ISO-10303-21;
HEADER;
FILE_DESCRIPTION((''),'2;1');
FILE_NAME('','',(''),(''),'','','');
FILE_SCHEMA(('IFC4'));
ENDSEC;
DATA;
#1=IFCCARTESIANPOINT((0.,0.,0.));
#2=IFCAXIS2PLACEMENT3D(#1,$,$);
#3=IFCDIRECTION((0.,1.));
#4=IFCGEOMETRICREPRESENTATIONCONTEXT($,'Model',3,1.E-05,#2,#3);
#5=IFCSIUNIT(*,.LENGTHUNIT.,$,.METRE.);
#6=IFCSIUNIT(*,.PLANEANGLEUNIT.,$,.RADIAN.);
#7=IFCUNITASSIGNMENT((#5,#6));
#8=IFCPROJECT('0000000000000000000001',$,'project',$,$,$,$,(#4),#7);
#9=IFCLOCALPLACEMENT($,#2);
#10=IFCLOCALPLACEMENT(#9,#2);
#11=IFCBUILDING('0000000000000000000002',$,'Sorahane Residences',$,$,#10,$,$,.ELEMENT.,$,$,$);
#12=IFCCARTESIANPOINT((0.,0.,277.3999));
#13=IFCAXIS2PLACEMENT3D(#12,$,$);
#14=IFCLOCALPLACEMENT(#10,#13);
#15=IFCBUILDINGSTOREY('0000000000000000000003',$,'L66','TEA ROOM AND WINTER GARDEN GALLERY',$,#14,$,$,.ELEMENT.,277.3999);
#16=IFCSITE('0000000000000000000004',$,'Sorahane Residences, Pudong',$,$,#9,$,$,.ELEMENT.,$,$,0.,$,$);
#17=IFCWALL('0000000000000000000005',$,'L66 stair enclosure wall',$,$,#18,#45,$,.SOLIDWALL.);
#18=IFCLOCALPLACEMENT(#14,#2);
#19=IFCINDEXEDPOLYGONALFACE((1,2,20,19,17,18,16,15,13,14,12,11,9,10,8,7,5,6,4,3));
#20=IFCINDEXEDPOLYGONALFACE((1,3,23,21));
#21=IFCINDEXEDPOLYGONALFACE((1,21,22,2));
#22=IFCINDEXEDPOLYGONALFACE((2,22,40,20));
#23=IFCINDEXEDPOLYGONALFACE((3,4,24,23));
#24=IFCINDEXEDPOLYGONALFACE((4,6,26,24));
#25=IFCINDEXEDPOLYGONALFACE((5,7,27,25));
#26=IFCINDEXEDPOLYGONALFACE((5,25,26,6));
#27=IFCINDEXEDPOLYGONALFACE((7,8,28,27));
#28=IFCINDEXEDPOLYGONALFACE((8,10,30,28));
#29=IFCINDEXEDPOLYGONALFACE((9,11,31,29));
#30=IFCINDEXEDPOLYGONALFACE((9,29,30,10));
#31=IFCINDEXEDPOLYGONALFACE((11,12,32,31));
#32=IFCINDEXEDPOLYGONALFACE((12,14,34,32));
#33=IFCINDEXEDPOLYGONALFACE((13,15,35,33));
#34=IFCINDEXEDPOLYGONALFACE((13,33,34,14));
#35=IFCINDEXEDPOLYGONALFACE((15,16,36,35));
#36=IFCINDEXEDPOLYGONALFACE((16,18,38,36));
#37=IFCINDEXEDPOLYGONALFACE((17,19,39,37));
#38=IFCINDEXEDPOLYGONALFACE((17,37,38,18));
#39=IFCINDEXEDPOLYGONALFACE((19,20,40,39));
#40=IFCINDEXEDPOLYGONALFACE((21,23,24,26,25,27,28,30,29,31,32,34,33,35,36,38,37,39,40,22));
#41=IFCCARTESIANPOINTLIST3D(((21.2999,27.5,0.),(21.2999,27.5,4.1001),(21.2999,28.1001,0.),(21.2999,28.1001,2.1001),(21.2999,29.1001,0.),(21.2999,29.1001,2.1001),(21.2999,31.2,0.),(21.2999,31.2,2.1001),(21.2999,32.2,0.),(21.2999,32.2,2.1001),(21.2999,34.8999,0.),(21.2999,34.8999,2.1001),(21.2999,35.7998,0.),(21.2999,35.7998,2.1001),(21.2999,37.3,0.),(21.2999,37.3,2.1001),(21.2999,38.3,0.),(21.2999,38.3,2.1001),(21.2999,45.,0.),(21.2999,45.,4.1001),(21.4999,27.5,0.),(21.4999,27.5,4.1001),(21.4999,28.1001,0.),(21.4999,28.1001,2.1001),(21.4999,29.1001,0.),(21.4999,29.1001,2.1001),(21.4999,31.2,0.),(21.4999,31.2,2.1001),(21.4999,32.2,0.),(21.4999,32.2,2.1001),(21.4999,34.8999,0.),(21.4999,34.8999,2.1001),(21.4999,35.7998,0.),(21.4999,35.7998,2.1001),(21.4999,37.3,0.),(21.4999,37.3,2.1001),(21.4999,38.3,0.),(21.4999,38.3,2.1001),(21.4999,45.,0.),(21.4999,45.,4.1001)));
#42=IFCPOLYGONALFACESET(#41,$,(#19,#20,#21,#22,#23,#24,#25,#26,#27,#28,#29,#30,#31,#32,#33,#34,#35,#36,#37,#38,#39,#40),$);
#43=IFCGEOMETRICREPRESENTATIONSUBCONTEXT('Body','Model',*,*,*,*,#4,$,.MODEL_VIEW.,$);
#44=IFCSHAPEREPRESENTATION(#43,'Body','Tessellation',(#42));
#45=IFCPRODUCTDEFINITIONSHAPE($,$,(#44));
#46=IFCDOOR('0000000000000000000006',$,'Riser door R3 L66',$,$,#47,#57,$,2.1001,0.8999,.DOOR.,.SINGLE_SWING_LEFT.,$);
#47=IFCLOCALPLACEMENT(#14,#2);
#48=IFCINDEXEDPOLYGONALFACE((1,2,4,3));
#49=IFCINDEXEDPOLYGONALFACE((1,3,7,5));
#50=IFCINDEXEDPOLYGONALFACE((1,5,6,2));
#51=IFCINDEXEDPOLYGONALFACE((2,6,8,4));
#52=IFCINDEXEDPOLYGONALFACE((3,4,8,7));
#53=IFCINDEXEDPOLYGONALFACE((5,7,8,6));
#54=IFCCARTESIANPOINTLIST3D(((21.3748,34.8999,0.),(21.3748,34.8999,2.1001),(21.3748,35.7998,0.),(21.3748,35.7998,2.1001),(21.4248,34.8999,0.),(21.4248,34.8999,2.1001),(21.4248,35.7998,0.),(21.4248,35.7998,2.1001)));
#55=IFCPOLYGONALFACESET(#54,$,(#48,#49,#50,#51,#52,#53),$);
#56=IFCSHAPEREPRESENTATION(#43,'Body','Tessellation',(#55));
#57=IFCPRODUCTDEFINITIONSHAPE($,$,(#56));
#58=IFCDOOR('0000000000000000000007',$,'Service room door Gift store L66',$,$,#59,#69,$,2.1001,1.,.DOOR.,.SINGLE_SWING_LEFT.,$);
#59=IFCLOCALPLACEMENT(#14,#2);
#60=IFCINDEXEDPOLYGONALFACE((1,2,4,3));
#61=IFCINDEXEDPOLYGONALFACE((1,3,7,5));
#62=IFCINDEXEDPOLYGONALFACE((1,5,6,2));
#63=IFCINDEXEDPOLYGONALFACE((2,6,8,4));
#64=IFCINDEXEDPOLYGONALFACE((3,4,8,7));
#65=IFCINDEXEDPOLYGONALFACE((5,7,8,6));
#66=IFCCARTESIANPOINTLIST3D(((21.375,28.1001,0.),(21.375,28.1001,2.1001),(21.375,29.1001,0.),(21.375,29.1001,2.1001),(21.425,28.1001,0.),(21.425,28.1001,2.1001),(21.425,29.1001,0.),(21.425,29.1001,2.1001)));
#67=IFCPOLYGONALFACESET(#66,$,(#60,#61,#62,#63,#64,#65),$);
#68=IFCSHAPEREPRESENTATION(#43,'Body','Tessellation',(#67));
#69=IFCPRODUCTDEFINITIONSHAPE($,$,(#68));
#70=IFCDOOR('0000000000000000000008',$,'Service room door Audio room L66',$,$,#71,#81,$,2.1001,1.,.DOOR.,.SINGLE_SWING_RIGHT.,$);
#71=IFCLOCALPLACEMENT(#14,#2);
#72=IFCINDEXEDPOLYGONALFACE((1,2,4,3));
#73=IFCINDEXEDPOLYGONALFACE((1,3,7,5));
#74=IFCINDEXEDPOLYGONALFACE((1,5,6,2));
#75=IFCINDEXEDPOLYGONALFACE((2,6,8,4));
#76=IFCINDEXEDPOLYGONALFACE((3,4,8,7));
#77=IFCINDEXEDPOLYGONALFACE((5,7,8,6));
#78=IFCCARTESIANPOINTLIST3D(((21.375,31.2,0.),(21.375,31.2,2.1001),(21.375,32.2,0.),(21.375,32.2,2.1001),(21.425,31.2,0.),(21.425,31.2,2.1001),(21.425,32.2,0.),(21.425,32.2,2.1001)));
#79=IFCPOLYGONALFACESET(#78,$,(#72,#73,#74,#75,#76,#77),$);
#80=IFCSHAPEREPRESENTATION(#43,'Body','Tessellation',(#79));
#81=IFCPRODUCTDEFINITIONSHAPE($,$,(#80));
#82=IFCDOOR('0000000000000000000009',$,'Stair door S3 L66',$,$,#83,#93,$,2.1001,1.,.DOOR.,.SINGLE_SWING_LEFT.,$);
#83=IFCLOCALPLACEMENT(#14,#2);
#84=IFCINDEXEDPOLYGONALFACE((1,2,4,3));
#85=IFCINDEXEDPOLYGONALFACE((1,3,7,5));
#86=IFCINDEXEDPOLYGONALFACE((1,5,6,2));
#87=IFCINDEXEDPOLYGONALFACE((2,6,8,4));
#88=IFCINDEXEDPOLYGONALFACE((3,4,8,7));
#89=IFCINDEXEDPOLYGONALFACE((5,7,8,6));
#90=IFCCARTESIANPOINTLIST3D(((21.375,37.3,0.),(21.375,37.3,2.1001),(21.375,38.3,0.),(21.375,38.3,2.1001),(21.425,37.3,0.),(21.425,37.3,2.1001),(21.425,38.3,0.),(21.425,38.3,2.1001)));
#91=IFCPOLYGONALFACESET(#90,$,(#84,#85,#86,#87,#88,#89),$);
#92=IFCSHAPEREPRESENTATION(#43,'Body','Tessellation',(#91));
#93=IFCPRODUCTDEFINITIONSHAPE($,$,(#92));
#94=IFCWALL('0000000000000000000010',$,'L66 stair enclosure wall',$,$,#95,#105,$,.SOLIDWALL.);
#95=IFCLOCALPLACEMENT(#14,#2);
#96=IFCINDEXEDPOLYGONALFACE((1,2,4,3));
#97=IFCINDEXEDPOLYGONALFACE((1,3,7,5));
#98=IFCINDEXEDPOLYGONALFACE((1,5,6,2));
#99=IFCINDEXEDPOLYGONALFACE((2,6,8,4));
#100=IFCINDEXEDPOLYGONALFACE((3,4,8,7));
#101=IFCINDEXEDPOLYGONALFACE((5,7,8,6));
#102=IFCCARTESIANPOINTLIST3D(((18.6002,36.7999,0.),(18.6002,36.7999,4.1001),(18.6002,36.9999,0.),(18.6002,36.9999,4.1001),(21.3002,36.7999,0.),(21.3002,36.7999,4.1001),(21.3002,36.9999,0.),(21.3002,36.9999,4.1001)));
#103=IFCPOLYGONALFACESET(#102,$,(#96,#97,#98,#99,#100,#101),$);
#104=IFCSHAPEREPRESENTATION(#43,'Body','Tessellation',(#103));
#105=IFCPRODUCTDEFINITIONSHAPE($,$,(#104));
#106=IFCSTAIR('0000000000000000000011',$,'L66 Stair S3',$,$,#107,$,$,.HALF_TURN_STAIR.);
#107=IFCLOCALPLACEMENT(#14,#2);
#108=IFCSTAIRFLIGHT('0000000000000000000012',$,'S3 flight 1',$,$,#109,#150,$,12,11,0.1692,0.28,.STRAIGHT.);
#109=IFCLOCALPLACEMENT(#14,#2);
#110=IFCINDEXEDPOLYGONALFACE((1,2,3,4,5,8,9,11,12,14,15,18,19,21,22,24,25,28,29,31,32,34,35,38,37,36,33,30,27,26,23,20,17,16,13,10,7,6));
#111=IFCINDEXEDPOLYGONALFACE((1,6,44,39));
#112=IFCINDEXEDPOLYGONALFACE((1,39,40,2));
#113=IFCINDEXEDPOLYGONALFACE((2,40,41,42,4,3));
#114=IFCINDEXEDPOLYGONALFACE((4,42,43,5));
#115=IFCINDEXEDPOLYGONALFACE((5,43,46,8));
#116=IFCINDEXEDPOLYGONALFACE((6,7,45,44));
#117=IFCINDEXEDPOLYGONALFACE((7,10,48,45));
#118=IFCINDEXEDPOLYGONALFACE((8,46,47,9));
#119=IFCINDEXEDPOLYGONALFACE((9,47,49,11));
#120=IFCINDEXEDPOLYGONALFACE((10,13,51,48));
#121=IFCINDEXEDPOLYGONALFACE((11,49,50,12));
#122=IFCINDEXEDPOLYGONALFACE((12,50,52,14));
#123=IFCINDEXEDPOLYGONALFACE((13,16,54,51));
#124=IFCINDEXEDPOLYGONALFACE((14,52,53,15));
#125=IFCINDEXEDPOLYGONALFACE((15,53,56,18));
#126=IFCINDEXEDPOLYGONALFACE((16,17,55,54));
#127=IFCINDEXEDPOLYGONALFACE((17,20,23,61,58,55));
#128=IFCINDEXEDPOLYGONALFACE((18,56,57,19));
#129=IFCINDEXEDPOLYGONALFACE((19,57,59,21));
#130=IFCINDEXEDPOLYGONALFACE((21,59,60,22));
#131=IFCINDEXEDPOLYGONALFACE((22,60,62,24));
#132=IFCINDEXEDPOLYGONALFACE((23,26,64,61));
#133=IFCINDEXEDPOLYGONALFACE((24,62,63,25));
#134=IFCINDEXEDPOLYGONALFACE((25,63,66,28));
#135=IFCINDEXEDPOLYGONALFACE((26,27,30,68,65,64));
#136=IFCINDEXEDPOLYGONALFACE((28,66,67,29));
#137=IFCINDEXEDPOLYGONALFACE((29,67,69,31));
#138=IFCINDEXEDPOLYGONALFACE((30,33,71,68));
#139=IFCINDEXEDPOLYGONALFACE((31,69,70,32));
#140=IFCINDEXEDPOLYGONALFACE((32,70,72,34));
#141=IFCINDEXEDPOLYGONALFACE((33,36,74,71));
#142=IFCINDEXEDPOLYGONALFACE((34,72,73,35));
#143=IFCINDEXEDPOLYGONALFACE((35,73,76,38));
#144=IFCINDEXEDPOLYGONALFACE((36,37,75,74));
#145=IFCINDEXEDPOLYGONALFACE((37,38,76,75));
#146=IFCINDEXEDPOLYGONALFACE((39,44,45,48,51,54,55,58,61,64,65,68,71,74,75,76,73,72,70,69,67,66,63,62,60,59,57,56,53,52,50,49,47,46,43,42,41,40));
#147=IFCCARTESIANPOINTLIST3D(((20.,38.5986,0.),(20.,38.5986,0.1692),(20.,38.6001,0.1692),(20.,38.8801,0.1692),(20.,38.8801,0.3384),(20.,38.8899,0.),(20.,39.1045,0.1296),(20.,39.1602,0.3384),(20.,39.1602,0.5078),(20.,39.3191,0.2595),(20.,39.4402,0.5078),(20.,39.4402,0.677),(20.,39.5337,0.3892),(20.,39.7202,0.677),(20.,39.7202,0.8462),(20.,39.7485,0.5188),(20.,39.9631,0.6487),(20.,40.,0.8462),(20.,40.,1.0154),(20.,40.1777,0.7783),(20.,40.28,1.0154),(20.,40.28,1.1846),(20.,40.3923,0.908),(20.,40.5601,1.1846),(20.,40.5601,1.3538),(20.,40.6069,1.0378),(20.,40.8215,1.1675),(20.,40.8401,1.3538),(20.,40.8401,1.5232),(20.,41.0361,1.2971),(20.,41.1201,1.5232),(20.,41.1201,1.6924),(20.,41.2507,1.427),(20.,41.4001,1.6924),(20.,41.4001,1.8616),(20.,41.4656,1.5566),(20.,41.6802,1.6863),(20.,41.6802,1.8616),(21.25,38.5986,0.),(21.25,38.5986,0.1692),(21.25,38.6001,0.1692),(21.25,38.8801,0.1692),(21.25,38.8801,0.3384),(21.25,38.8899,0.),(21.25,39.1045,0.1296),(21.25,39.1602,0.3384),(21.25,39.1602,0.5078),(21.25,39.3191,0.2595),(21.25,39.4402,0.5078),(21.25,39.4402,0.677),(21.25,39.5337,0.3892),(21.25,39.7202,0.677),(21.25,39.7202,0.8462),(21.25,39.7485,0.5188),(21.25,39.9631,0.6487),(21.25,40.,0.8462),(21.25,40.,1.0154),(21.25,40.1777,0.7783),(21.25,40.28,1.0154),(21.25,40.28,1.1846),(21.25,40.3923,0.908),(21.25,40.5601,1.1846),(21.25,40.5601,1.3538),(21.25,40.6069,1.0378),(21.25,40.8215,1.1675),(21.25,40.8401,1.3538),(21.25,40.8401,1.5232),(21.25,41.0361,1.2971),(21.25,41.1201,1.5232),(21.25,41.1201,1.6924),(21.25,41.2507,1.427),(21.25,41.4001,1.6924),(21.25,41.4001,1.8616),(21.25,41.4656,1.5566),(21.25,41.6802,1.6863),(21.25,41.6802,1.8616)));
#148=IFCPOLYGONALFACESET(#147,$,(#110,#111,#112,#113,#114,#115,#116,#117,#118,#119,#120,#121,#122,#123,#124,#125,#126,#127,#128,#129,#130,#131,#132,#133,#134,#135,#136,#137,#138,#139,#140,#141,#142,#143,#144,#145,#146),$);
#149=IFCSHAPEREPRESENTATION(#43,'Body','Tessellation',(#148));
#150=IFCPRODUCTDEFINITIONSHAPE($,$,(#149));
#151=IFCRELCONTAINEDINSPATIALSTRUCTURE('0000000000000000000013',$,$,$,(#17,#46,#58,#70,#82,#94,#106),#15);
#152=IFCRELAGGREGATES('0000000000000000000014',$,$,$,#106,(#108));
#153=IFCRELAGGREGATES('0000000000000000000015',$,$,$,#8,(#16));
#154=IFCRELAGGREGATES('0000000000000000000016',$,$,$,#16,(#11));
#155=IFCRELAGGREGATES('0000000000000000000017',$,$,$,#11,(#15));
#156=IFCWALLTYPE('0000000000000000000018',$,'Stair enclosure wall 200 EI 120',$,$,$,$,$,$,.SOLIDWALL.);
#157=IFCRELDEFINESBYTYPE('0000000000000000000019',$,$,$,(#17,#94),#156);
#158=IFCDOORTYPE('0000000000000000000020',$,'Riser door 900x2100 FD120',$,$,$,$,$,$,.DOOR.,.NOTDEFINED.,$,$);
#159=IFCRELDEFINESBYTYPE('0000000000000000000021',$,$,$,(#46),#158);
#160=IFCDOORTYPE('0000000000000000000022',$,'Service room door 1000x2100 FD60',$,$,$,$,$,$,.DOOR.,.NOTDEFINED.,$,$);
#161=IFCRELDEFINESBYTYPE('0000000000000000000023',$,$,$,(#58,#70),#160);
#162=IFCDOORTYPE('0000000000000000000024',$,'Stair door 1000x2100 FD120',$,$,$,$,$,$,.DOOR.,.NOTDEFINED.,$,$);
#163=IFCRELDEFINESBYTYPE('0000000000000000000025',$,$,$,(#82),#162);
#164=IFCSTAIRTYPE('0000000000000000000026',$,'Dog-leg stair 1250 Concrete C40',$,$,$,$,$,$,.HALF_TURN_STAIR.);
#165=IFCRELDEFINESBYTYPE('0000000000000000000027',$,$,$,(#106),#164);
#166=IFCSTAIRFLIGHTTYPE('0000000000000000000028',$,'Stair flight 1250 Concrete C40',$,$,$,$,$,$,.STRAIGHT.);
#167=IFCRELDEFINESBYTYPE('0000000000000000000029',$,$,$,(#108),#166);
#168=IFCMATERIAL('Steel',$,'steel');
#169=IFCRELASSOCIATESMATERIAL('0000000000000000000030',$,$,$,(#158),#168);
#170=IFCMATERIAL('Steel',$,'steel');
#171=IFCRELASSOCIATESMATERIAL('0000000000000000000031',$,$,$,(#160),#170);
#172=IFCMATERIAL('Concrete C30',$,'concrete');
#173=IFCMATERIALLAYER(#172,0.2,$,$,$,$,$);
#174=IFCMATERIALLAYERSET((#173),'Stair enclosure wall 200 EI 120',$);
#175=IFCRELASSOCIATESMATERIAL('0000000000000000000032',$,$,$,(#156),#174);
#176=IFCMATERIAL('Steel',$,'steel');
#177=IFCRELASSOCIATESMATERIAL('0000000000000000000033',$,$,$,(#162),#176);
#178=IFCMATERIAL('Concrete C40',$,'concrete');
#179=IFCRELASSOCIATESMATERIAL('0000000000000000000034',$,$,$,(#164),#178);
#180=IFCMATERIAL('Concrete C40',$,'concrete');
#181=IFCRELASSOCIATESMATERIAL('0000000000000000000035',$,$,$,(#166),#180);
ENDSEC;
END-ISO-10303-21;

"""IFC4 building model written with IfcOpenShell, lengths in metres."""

from ifc_helpers import new_model, si_unit, direction, frame, frame_2d, origin, place, context, subcontext, project, spatial, polyline, rectangle, outline, extrude, material, layer, layer_set, type_object, element, fill, aggregate, save


model = new_model("IFC4")

# Units and contexts
model_context = context("Model", 3, precision=1e-05, world=origin(), true_north=direction((0.0, 1.0)))
body_context = subcontext(model_context, "Body", "Model", "MODEL_VIEW")
ifc_project = project(units=[si_unit("LENGTHUNIT", "METRE"), si_unit("PLANEANGLEUNIT", "RADIAN")], contexts=[model_context])

# Site, building, storey
site_placement = place(None, origin())
site = spatial("IfcSite", under=ifc_project, at=site_placement, Name="Sorahane Residences, Pudong", CompositionType="ELEMENT", RefElevation=0.0)
building_placement = place(site_placement, origin())
building = spatial("IfcBuilding", under=site, at=building_placement, Name="Sorahane Residences", CompositionType="ELEMENT")
storey_placement = place(building_placement, frame((0.0, 0.0, 277.3999)))
storey = spatial("IfcBuildingStorey", under=building, at=storey_placement, Name="L66", Description="TEA ROOM AND WINTER GARDEN GALLERY", CompositionType="ELEMENT", Elevation=277.3999)

# Shared definitions
ifc_material_1 = material(Name="Steel", Category="steel")
door_type_1 = type_object("IfcDoorType", Name="Riser door 900x2100 FD120", OperationType="NOTDEFINED", PredefinedType="DOOR", material=ifc_material_1)
ifc_material_2 = material(Name="Steel", Category="steel")
door_type_2 = type_object("IfcDoorType", Name="Service room door 1000x2100 FD60", OperationType="NOTDEFINED", PredefinedType="DOOR", material=ifc_material_2)

# Wall, openings, doors
ifc_material_3 = material(Name="Concrete C30", Category="concrete")
ifc_layer_1 = layer(ifc_material_3, 0.2)
ifc_layer_set_1 = layer_set([ifc_layer_1], Name="Stair enclosure wall 200 EI 120")
wall_type_1 = type_object("IfcWallType", Name="Stair enclosure wall 200 EI 120", PredefinedType="SOLIDWALL", material=ifc_layer_set_1)
wall_1_placement = place(storey_placement, frame((21.3999, 27.5, 0.0), z_axis=(0.0, 0.0, 1.0), x_axis=(0.0, 1.0, 0.0)))
wall_1 = element("IfcWall", 1, at=wall_1_placement, inside=storey, type_object=wall_type_1, Name="L66 stair enclosure wall", PredefinedType="SOLIDWALL", context=body_context, shape_type="SweptSolid", body=[
    extrude(rectangle(XDim=17.5, YDim=0.2, at=frame_2d((8.75, 0.0))), origin(), (0.0, 0.0, 1.0), 4.1001),
])
opening_1_placement = place(wall_1_placement, frame((0.6001, 0.0, 0.0)))
opening_1 = element("IfcOpeningElement", 2, at=opening_1_placement, cuts=wall_1, PredefinedType="OPENING", context=body_context, shape_type="SweptSolid", body=[
    extrude(rectangle(XDim=1.0, YDim=2.1001, at=frame_2d((0.5, 1.05))), frame((0.0, 0.1099, 0.0), z_axis=(0.0, -1.0, 0.0), x_axis=(1.0, 0.0, 0.0)), (0.0, 0.0, 1.0), 0.22),
])
opening_2_placement = place(wall_1_placement, frame((3.7, 0.0, 0.0)))
opening_2 = element("IfcOpeningElement", 3, at=opening_2_placement, cuts=wall_1, PredefinedType="OPENING", context=body_context, shape_type="SweptSolid", body=[
    extrude(rectangle(XDim=1.0, YDim=2.1001, at=frame_2d((0.5, 1.05))), frame((0.0, 0.1099, 0.0), z_axis=(0.0, -1.0, 0.0), x_axis=(1.0, 0.0, 0.0)), (0.0, 0.0, 1.0), 0.22),
])
opening_3_placement = place(wall_1_placement, frame((9.8, 0.0, 0.0)))
opening_3 = element("IfcOpeningElement", 4, at=opening_3_placement, cuts=wall_1, PredefinedType="OPENING", context=body_context, shape_type="SweptSolid", body=[
    extrude(rectangle(XDim=1.0, YDim=2.1001, at=frame_2d((0.5, 1.05))), frame((0.0, 0.1099, 0.0), z_axis=(0.0, -1.0, 0.0), x_axis=(1.0, 0.0, 0.0)), (0.0, 0.0, 1.0), 0.22),
])
opening_4_placement = place(wall_1_placement, frame((7.3999, 0.0, 0.0)))
opening_4 = element("IfcOpeningElement", 5, at=opening_4_placement, cuts=wall_1, PredefinedType="OPENING", context=body_context, shape_type="SweptSolid", body=[
    extrude(rectangle(XDim=0.8999, YDim=2.1001, at=frame_2d((0.45, 1.05))), frame((0.0, 0.1099, 0.0), z_axis=(0.0, -1.0, 0.0), x_axis=(1.0, 0.0, 0.0)), (0.0, 0.0, 1.0), 0.22),
])
door_1_placement = place(opening_4_placement, frame((0.8999, 0.0, 0.0), z_axis=(0.0, 0.0, 1.0), x_axis=(-1.0, 0.0, 0.0)))
door_1 = element("IfcDoor", 6, at=door_1_placement, inside=storey, type_object=door_type_1, Name="Riser door R3 L66", OperationType="SINGLE_SWING_LEFT", OverallHeight=2.1001, OverallWidth=0.8999, PredefinedType="DOOR", context=body_context, shape_type="SweptSolid", body=[
    extrude(rectangle(XDim=0.8999, YDim=2.1001, at=frame_2d((0.45, 1.05))), frame((0.0, 0.0249, 0.0), z_axis=(0.0, -1.0, 0.0), x_axis=(1.0, 0.0, 0.0)), (0.0, 0.0, 1.0), 0.05),
])
fill(opening_4, door_1)
door_2_placement = place(opening_1_placement, origin())
door_2 = element("IfcDoor", 7, at=door_2_placement, inside=storey, type_object=door_type_2, Name="Service room door Gift store L66", OperationType="SINGLE_SWING_LEFT", OverallHeight=2.1001, OverallWidth=1.0, PredefinedType="DOOR", context=body_context, shape_type="SweptSolid", body=[
    extrude(rectangle(XDim=1.0, YDim=2.1001, at=frame_2d((0.5, 1.05))), frame((0.0, 0.0249, 0.0), z_axis=(0.0, -1.0, 0.0), x_axis=(1.0, 0.0, 0.0)), (0.0, 0.0, 1.0), 0.05),
])
fill(opening_1, door_2)
door_3_placement = place(opening_2_placement, origin())
door_3 = element("IfcDoor", 8, at=door_3_placement, inside=storey, type_object=door_type_2, Name="Service room door Audio room L66", OperationType="SINGLE_SWING_RIGHT", OverallHeight=2.1001, OverallWidth=1.0, PredefinedType="DOOR", context=body_context, shape_type="SweptSolid", body=[
    extrude(rectangle(XDim=1.0, YDim=2.1001, at=frame_2d((0.5, 1.05))), frame((0.0, 0.0249, 0.0), z_axis=(0.0, -1.0, 0.0), x_axis=(1.0, 0.0, 0.0)), (0.0, 0.0, 1.0), 0.05),
])
fill(opening_2, door_3)
ifc_material_4 = material(Name="Steel", Category="steel")
door_type_3 = type_object("IfcDoorType", Name="Stair door 1000x2100 FD120", OperationType="NOTDEFINED", PredefinedType="DOOR", material=ifc_material_4)
door_4_placement = place(opening_3_placement, origin())
door_4 = element("IfcDoor", 9, at=door_4_placement, inside=storey, type_object=door_type_3, Name="Stair door S3 L66", OperationType="SINGLE_SWING_LEFT", OverallHeight=2.1001, OverallWidth=1.0, PredefinedType="DOOR", context=body_context, shape_type="SweptSolid", body=[
    extrude(rectangle(XDim=1.0, YDim=2.1001, at=frame_2d((0.5, 1.05))), frame((0.0, 0.0249, 0.0), z_axis=(0.0, -1.0, 0.0), x_axis=(1.0, 0.0, 0.0)), (0.0, 0.0, 1.0), 0.05),
])
fill(opening_3, door_4)

# Wall
wall_2_placement = place(storey_placement, frame((18.6001, 36.8999, 0.0), z_axis=(0.0, 0.0, 1.0), x_axis=(1.0, 0.0, 0.0)))
element("IfcWall", 10, at=wall_2_placement, inside=storey, type_object=wall_type_1, Name="L66 stair enclosure wall", PredefinedType="SOLIDWALL", context=body_context, shape_type="SweptSolid", body=[
    extrude(rectangle(XDim=2.7, YDim=0.2, at=frame_2d((1.3501, 0.0))), origin(), (0.0, 0.0, 1.0), 4.1001),
])

# Stair, stair flight
ifc_material_5 = material(Name="Concrete C40", Category="concrete")
stair_type = type_object("IfcStairType", Name="Dog-leg stair 1250 Concrete C40", PredefinedType="HALF_TURN_STAIR", material=ifc_material_5)
stair_placement = place(storey_placement, origin())
stair = element("IfcStair", 11, at=stair_placement, inside=storey, type_object=stair_type, Name="L66 Stair S3", PredefinedType="HALF_TURN_STAIR")
ifc_material_6 = material(Name="Concrete C40", Category="concrete")
stair_flight_type = type_object("IfcStairFlightType", Name="Stair flight 1250 Concrete C40", PredefinedType="STRAIGHT", material=ifc_material_6)
stair_flight_placement = place(storey_placement, frame((20.625, 38.6001, 0.0), z_axis=(0.0, 0.0, 1.0), x_axis=(0.0, 1.0, 0.0)))
stair_flight = element("IfcStairFlight", 12, at=stair_flight_placement, type_object=stair_flight_type, Name="S3 flight 1", NumberOfRisers=12, NumberOfTreads=11, PredefinedType="STRAIGHT", RiserHeight=0.1692, TreadLength=0.28, context=body_context, shape_type="SweptSolid", body=[
    extrude(outline(polyline([(-0.0015, 0.0), (-0.0015, 0.1692), (0.0, 0.1692), (0.28, 0.1692), (0.28, 0.3384), (0.5601, 0.3384), (0.5601, 0.5078), (0.8401, 0.5078), (0.8401, 0.677), (1.1201, 0.677), (1.1201, 0.8462), (1.3999, 0.8462), (1.3999, 1.0154), (1.6799, 1.0154), (1.6799, 1.1846), (1.96, 1.1846), (1.96, 1.3538), (2.24, 1.3538), (2.24, 1.5232), (2.52, 1.5232), (2.52, 1.6924), (2.8, 1.6924), (2.8, 1.8616), (3.0801, 1.8616), (3.0801, 2.0308), (3.0801, 1.6863), (2.8655, 1.5566), (2.6506, 1.427), (2.436, 1.2971), (2.2214, 1.1675), (2.0068, 1.0378), (1.7922, 0.908), (1.5776, 0.7783), (1.363, 0.6487), (1.1484, 0.5188), (0.9336, 0.3892), (0.719, 0.2595), (0.5044, 0.1296), (0.2898, 0.0), (-0.0015, 0.0)])), frame((0.0, 0.625, 0.0), z_axis=(0.0, -1.0, 0.0), x_axis=(1.0, 0.0, 0.0)), (0.0, 0.0, 1.0), 1.25),
])
aggregate(stair, [stair_flight])

save(model, "model.ifc")
